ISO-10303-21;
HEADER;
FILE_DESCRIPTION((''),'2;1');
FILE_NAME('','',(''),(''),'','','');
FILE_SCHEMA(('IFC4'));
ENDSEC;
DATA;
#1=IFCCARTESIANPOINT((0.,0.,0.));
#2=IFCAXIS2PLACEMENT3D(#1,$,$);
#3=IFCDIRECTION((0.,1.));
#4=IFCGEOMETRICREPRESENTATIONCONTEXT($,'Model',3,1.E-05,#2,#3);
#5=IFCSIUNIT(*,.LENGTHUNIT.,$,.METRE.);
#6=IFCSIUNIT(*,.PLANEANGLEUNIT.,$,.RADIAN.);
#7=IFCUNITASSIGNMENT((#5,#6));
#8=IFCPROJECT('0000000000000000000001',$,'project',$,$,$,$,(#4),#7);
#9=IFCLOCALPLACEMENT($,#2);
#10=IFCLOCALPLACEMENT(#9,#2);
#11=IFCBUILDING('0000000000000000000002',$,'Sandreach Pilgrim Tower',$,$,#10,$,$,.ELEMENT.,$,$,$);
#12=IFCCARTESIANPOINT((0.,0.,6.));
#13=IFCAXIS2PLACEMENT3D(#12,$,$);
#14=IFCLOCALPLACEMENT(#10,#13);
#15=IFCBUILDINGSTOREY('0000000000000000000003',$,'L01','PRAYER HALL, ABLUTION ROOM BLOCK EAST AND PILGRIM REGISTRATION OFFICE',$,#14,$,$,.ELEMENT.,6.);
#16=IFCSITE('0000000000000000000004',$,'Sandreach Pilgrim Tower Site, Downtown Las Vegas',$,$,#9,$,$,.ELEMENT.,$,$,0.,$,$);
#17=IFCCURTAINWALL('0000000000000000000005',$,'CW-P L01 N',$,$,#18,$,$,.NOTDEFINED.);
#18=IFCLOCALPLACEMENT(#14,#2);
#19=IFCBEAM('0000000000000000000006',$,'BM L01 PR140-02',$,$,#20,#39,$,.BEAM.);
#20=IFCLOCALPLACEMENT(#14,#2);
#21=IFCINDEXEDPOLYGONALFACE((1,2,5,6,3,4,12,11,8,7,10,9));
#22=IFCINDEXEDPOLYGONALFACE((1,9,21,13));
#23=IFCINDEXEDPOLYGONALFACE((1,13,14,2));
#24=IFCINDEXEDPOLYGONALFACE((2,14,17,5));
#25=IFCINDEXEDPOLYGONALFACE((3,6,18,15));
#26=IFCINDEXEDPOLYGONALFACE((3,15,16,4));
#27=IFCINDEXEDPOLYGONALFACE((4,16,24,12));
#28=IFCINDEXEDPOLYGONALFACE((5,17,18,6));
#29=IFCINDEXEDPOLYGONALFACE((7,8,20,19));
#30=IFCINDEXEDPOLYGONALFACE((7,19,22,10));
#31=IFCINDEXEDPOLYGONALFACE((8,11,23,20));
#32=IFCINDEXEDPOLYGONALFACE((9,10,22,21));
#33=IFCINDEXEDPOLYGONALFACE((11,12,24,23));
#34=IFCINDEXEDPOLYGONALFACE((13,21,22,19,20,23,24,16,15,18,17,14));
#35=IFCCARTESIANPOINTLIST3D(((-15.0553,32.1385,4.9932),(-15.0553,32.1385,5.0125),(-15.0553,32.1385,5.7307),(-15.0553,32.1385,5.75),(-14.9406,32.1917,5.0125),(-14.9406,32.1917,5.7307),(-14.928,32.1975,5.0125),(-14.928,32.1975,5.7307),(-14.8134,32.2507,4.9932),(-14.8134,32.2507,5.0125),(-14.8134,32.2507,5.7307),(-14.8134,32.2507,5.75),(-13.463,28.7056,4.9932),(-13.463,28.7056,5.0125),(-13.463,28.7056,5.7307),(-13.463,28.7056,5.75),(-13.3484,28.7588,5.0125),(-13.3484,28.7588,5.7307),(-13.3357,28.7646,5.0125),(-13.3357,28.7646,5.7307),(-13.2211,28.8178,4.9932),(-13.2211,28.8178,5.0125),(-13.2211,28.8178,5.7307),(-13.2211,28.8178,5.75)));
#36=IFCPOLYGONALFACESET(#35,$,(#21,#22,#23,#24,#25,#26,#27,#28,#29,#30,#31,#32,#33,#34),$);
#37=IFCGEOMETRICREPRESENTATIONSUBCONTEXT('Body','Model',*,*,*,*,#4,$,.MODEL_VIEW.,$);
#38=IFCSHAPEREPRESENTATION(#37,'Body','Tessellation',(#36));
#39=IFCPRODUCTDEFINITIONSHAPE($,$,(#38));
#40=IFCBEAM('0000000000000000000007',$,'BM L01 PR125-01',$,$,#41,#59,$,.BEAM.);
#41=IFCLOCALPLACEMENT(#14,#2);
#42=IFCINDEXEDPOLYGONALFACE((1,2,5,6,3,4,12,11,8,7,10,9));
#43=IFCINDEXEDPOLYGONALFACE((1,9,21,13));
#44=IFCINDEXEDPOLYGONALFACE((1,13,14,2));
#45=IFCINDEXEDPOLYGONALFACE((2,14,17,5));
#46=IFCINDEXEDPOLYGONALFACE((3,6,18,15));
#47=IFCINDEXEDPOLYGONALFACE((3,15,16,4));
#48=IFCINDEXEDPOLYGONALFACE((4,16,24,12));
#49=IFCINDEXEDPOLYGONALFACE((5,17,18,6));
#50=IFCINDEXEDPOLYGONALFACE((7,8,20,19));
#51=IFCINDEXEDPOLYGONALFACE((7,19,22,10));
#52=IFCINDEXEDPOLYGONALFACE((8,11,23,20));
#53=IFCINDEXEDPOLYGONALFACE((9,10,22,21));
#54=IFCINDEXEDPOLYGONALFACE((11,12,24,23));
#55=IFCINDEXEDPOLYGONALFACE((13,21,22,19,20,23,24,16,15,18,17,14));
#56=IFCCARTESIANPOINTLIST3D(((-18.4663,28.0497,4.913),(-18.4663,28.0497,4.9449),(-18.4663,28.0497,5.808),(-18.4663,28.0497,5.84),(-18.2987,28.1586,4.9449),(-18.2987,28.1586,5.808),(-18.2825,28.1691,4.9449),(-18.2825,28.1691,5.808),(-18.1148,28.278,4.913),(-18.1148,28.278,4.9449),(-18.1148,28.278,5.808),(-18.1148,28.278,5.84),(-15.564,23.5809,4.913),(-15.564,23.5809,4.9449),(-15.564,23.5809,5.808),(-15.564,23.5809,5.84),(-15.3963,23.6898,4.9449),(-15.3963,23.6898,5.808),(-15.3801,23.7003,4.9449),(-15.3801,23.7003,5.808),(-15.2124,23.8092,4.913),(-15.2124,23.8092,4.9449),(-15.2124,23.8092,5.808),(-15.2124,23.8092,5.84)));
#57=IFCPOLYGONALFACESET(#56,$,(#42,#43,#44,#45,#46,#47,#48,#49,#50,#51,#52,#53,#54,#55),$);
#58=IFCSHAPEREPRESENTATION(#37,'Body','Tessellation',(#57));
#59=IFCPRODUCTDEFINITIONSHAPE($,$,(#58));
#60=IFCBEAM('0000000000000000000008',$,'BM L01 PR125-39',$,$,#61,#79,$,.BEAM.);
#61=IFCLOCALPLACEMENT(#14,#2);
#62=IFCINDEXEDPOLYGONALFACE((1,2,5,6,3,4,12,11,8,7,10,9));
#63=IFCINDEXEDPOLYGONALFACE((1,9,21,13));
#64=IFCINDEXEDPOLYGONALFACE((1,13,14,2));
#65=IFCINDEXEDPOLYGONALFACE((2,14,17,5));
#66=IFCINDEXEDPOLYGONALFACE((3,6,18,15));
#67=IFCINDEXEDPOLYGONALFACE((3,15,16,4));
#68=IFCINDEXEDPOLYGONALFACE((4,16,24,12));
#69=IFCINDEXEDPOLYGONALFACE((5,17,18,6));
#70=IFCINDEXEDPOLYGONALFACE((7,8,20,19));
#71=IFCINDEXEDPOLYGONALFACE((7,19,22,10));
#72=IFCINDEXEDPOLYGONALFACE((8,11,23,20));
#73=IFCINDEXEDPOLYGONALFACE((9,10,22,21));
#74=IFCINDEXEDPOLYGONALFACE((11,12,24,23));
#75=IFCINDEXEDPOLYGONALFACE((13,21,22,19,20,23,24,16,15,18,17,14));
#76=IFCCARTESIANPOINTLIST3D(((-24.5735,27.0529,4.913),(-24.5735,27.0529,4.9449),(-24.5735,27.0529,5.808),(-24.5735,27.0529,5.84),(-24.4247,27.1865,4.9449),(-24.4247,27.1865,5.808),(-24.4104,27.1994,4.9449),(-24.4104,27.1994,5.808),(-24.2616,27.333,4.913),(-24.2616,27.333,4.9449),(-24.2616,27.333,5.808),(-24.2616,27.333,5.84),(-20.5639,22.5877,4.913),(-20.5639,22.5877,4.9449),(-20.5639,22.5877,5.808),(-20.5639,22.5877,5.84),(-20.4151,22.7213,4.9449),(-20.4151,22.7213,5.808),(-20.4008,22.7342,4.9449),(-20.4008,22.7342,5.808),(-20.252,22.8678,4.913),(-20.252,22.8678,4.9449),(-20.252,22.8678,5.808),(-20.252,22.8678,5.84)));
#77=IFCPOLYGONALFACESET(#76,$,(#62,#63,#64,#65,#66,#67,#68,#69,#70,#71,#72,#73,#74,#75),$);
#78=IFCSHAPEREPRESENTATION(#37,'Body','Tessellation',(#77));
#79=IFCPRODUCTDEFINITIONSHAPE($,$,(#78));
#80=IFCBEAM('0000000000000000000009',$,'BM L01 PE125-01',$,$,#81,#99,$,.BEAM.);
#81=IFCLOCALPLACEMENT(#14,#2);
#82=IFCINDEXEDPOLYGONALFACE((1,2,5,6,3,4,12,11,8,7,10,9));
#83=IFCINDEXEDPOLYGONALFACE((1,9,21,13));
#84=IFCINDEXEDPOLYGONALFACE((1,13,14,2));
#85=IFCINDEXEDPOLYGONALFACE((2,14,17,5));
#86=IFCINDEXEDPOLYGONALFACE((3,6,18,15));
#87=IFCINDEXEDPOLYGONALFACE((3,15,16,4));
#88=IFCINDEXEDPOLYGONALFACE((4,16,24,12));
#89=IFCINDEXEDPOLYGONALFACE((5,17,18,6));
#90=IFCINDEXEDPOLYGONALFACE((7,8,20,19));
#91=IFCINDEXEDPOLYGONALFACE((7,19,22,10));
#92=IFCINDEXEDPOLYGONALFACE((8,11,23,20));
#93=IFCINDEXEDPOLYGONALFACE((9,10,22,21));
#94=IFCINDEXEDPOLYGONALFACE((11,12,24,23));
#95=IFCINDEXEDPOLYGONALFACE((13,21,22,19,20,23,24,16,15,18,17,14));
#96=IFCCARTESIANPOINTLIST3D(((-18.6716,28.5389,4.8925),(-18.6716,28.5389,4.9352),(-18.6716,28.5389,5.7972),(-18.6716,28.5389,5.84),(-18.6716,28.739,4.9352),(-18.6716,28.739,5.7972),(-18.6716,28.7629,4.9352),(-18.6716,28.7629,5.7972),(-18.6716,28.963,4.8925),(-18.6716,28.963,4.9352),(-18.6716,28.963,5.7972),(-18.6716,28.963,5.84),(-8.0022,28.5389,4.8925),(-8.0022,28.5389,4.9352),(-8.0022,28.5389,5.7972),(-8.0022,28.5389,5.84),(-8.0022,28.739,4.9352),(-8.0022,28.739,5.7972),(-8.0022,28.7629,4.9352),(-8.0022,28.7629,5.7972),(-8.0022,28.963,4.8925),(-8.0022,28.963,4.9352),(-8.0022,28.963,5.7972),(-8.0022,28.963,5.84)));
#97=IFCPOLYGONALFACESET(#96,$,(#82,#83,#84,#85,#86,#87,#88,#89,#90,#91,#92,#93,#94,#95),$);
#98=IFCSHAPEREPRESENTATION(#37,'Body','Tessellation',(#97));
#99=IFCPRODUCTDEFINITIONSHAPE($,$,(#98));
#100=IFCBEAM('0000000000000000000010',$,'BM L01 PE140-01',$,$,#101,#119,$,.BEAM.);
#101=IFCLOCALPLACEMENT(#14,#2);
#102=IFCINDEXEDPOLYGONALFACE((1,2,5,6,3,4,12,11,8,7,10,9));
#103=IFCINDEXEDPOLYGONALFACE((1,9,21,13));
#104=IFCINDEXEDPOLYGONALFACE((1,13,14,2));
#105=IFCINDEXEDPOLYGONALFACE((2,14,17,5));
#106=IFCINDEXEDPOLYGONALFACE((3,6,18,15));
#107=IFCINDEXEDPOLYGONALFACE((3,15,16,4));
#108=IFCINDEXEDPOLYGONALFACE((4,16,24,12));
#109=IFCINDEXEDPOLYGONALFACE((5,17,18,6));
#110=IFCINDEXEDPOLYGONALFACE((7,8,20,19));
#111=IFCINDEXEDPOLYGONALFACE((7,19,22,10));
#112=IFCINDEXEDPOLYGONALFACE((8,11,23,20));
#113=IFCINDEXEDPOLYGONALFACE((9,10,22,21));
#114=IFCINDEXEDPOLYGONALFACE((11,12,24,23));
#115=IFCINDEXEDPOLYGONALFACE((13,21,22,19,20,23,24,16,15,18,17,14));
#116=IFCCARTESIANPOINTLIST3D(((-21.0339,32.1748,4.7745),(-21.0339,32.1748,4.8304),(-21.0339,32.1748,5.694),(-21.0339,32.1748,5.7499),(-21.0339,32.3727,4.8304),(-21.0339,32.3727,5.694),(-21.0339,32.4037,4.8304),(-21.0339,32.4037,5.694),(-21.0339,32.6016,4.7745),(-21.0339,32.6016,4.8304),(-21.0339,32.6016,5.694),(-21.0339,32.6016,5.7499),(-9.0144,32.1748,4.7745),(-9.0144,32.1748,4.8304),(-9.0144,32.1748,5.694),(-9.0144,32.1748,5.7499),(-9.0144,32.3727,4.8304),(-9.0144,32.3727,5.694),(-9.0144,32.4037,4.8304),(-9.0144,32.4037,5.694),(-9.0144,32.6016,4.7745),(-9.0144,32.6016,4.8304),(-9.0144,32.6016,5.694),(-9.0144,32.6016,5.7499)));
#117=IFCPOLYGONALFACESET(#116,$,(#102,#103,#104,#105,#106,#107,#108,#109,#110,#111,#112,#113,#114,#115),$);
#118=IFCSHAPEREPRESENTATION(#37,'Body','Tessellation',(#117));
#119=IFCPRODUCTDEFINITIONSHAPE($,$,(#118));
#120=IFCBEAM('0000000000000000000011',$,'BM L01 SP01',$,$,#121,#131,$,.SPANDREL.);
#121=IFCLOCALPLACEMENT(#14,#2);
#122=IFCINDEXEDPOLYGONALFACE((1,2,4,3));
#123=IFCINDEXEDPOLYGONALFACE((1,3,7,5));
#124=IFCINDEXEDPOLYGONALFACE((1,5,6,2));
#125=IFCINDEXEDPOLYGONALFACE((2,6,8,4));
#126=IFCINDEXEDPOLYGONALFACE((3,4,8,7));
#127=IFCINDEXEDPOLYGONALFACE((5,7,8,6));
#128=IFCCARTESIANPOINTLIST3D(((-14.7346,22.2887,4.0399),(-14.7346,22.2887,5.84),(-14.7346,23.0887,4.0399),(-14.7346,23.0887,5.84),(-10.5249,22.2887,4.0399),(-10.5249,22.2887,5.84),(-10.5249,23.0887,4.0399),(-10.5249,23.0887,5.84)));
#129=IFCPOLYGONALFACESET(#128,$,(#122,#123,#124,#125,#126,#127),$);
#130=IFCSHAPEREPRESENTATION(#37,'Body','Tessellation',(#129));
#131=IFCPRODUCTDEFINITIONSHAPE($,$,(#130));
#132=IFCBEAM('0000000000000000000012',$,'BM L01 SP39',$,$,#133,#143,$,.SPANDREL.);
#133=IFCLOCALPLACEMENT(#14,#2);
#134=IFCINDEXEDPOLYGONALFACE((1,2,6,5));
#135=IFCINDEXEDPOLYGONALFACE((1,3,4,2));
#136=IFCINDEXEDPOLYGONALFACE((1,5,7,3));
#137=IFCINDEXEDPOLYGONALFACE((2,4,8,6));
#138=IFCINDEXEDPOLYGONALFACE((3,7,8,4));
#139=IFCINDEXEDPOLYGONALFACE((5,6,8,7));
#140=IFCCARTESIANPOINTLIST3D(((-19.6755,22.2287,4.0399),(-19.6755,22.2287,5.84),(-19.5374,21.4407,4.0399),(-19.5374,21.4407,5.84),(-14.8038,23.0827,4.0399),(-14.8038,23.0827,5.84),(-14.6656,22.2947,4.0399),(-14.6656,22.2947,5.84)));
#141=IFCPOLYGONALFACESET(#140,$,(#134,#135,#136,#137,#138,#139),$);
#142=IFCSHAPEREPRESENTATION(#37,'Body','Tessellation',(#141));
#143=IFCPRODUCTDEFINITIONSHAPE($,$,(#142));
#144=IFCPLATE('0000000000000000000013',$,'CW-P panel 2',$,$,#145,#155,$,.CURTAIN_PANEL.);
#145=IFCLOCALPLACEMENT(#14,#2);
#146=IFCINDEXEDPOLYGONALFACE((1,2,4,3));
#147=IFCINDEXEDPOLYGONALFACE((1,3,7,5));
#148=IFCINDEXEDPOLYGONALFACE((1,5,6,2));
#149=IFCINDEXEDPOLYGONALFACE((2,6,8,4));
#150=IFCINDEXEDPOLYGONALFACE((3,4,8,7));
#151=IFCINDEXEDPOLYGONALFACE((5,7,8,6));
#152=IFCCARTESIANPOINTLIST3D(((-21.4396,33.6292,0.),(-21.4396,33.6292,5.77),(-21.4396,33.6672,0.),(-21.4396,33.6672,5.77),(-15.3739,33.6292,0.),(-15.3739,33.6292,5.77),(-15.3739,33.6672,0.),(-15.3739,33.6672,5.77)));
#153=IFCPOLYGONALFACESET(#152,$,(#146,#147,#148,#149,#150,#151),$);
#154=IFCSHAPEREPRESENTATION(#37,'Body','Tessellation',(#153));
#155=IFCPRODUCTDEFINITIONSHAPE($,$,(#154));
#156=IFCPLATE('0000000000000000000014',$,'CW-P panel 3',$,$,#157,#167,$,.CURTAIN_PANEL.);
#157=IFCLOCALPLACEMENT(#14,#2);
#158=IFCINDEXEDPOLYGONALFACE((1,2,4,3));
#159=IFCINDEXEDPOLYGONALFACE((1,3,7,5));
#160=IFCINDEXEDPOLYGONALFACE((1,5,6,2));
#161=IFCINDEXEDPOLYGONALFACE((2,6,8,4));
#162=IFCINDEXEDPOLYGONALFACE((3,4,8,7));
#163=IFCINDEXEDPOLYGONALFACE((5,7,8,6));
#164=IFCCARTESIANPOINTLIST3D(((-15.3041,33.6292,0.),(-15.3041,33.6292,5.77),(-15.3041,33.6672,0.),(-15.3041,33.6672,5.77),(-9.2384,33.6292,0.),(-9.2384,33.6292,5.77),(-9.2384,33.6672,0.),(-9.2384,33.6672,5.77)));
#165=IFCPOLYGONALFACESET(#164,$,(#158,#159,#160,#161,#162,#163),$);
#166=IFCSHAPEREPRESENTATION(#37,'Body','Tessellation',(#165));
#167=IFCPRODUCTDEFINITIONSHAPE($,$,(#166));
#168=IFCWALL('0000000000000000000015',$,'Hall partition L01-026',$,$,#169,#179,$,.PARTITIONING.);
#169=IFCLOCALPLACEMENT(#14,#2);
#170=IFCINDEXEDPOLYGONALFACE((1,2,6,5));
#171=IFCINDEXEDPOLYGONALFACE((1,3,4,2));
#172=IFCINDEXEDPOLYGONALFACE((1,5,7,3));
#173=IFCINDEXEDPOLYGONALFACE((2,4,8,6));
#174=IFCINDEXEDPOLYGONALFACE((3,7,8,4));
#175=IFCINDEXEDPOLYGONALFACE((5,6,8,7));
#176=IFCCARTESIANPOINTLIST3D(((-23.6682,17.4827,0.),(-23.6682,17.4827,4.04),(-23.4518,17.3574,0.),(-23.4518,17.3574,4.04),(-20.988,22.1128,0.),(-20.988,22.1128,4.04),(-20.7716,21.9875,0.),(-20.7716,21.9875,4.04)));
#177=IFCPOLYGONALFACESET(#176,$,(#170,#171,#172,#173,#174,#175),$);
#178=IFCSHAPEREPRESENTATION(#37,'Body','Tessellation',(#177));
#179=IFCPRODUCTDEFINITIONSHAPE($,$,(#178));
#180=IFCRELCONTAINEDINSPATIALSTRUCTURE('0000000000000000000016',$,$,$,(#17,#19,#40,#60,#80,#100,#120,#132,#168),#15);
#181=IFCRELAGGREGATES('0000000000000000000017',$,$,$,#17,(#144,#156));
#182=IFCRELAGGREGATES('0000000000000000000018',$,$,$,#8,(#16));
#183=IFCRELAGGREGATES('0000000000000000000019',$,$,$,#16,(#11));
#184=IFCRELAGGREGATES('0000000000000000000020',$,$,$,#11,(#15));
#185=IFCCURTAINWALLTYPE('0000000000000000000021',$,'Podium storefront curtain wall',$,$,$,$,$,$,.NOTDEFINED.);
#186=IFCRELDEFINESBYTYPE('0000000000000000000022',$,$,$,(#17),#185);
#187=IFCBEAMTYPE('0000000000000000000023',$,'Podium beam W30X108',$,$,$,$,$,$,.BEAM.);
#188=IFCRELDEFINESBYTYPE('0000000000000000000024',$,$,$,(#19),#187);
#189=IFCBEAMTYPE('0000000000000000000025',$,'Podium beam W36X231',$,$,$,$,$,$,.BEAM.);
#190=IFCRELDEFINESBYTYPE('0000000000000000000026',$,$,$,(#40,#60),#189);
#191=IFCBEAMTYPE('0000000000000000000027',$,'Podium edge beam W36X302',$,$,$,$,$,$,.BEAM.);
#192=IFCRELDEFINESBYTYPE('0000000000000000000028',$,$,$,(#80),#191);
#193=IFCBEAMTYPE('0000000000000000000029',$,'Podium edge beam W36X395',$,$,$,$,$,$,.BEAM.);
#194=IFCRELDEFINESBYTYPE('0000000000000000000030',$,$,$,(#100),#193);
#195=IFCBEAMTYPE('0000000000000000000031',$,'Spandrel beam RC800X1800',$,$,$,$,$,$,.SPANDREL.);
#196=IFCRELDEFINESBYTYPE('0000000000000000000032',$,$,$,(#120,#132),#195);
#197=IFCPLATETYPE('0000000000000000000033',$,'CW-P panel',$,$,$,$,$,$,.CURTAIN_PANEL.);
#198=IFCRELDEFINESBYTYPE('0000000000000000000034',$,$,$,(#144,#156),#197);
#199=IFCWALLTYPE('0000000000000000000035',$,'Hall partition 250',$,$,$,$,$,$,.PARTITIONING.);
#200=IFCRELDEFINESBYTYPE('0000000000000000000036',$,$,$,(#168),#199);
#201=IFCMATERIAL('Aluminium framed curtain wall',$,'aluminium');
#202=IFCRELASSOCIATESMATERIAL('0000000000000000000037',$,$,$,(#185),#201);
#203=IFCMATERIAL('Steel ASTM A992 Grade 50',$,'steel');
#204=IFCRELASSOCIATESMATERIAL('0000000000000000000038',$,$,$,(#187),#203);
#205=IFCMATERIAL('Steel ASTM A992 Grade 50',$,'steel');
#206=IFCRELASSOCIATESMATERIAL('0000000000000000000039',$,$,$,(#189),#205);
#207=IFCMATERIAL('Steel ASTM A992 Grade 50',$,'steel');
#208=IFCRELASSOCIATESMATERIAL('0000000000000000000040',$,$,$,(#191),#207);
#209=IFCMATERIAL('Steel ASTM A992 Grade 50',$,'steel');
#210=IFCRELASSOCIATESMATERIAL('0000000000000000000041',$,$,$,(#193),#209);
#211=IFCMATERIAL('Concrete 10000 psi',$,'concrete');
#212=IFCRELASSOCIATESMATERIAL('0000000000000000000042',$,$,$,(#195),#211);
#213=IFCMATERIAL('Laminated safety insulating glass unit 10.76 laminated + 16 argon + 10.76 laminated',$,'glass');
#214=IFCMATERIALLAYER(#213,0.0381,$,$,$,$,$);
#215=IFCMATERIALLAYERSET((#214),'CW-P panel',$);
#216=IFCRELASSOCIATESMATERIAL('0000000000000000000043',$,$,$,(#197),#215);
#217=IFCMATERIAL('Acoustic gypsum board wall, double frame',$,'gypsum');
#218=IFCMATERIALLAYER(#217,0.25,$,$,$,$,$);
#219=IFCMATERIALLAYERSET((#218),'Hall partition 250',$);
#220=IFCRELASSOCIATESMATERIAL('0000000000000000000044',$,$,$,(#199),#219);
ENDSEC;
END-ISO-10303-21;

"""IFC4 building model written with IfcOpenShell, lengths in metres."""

from ifc_helpers import new_model, si_unit, direction, frame, frame_2d, origin, origin_2d, place, context, subcontext, project, spatial, rectangle, i_section, extrude, material, layer, layer_set, material_profile, profile_set, type_object, element, aggregate, save


model = new_model("IFC4")

# Units and contexts
model_context = context("Model", 3, precision=1e-05, world=origin(), true_north=direction((0.0, 1.0)))
body_context = subcontext(model_context, "Body", "Model", "MODEL_VIEW")
ifc_project = project(units=[si_unit("LENGTHUNIT", "METRE"), si_unit("PLANEANGLEUNIT", "RADIAN")], contexts=[model_context])

# Site, building, storey
site_placement = place(None, origin())
site = spatial("IfcSite", under=ifc_project, at=site_placement, Name="Sandreach Pilgrim Tower Site, Downtown Las Vegas", CompositionType="ELEMENT", RefElevation=0.0)
building_placement = place(site_placement, origin())
building = spatial("IfcBuilding", under=site, at=building_placement, Name="Sandreach Pilgrim Tower", CompositionType="ELEMENT")
storey_placement = place(building_placement, frame((0.0, 0.0, 6.0)))
storey = spatial("IfcBuildingStorey", under=building, at=storey_placement, Name="L01", Description="PRAYER HALL, ABLUTION ROOM BLOCK EAST AND PILGRIM REGISTRATION OFFICE", CompositionType="ELEMENT", Elevation=6.0)

# Curtain wall
ifc_material_1 = material(Name="Aluminium framed curtain wall", Category="aluminium")
curtain_wall_type = type_object("IfcCurtainWallType", Name="Podium storefront curtain wall", PredefinedType="NOTDEFINED", material=ifc_material_1)
curtain_wall_placement = place(storey_placement, origin())
curtain_wall = element("IfcCurtainWall", 1, at=curtain_wall_placement, inside=storey, type_object=curtain_wall_type, Name="CW-P L01 N", PredefinedType="NOTDEFINED")

# Beams
ifc_material_2 = material(Name="Steel ASTM A992 Grade 50", Category="steel")
ifc_material_profile_1 = material_profile(ifc_material_2, i_section(OverallWidth=0.2666, OverallDepth=0.7568, WebThickness=0.0139, FlangeThickness=0.0193, at=origin_2d()), Name="W30X108")
ifc_profile_set_1 = profile_set([ifc_material_profile_1], Name="Steel ASTM A992 Grade 50")
beam_type_1 = type_object("IfcBeamType", Name="Podium beam W30X108", PredefinedType="BEAM", material=ifc_profile_set_1)
beam_1_placement = place(storey_placement, frame((-13.342, 28.7617, 5.3716), z_axis=(-0.420776, 0.907165, 0.0), x_axis=(-0.907165, -0.420776, 0.0)))
element("IfcBeam", 2, at=beam_1_placement, inside=storey, type_object=beam_type_1, Name="BM L01 PR140-02", PredefinedType="BEAM", context=body_context, shape_type="SweptSolid", body=[
    extrude(i_section(OverallWidth=0.2666, OverallDepth=0.7568, WebThickness=0.0139, FlangeThickness=0.0193, at=origin_2d()), origin(), (0.0, 0.0, 1.0), 3.7842),
])
ifc_material_3 = material(Name="Steel ASTM A992 Grade 50", Category="steel")
ifc_material_profile_2 = material_profile(ifc_material_3, i_section(OverallWidth=0.4192, OverallDepth=0.927, WebThickness=0.0193, FlangeThickness=0.032, at=origin_2d()), Name="W36X231")
ifc_profile_set_2 = profile_set([ifc_material_profile_2], Name="Steel ASTM A992 Grade 50")
beam_type_2 = type_object("IfcBeamType", Name="Podium beam W36X231", PredefinedType="BEAM", material=ifc_profile_set_2)
beam_2_placement = place(storey_placement, frame((-15.3882, 23.6951, 5.3765), z_axis=(-0.544679, 0.838645, 0.0), x_axis=(-0.838645, -0.544679, 0.0)))
element("IfcBeam", 3, at=beam_2_placement, inside=storey, type_object=beam_type_2, Name="BM L01 PR125-01", PredefinedType="BEAM", context=body_context, shape_type="SweptSolid", body=[
    extrude(i_section(OverallWidth=0.4192, OverallDepth=0.927, WebThickness=0.0193, FlangeThickness=0.032, at=origin_2d()), origin(), (0.0, 0.0, 1.0), 5.3286),
])
beam_3_placement = place(storey_placement, frame((-20.408, 22.7278, 5.3765), z_axis=(-0.66813, 0.744044, 0.0), x_axis=(-0.744044, -0.66813, 0.0)))
element("IfcBeam", 4, at=beam_3_placement, inside=storey, type_object=beam_type_2, Name="BM L01 PR125-39", PredefinedType="BEAM", context=body_context, shape_type="SweptSolid", body=[
    extrude(i_section(OverallWidth=0.4192, OverallDepth=0.927, WebThickness=0.0193, FlangeThickness=0.032, at=origin_2d()), origin(), (0.0, 0.0, 1.0), 6.0012),
])
ifc_material_4 = material(Name="Steel ASTM A992 Grade 50", Category="steel")
ifc_material_profile_3 = material_profile(ifc_material_4, i_section(OverallWidth=0.4241, OverallDepth=0.9475, WebThickness=0.0239, FlangeThickness=0.0427, at=origin_2d()), Name="W36X302")
ifc_profile_set_3 = profile_set([ifc_material_profile_3], Name="Steel ASTM A992 Grade 50")
beam_type_3 = type_object("IfcBeamType", Name="Podium edge beam W36X302", PredefinedType="BEAM", material=ifc_profile_set_3)
beam_4_placement = place(storey_placement, frame((-18.6716, 28.751, 5.3662), z_axis=(1.0, 0.0, 0.0), x_axis=(0.0, 1.0, 0.0)))
element("IfcBeam", 5, at=beam_4_placement, inside=storey, type_object=beam_type_3, Name="BM L01 PE125-01", PredefinedType="BEAM", context=body_context, shape_type="SweptSolid", body=[
    extrude(i_section(OverallWidth=0.4241, OverallDepth=0.9475, WebThickness=0.0239, FlangeThickness=0.0427, at=origin_2d()), origin(), (0.0, 0.0, 1.0), 10.6694),
])
ifc_material_5 = material(Name="Steel ASTM A992 Grade 50", Category="steel")
ifc_material_profile_4 = material_profile(ifc_material_5, i_section(OverallWidth=0.4268, OverallDepth=0.9753, WebThickness=0.031, FlangeThickness=0.0559, at=origin_2d()), Name="W36X395")
ifc_profile_set_4 = profile_set([ifc_material_profile_4], Name="Steel ASTM A992 Grade 50")
beam_type_4 = type_object("IfcBeamType", Name="Podium edge beam W36X395", PredefinedType="BEAM", material=ifc_profile_set_4)
beam_5_placement = place(storey_placement, frame((-21.0339, 32.3882, 5.2622), z_axis=(1.0, 0.0, 0.0), x_axis=(0.0, 1.0, 0.0)))
element("IfcBeam", 6, at=beam_5_placement, inside=storey, type_object=beam_type_4, Name="BM L01 PE140-01", PredefinedType="BEAM", context=body_context, shape_type="SweptSolid", body=[
    extrude(i_section(OverallWidth=0.4268, OverallDepth=0.9753, WebThickness=0.031, FlangeThickness=0.0559, at=origin_2d()), origin(), (0.0, 0.0, 1.0), 12.0195),
])
ifc_material_6 = material(Name="Concrete 10000 psi", Category="concrete")
ifc_material_profile_5 = material_profile(ifc_material_6, rectangle(XDim=0.8, YDim=1.8, at=origin_2d()), Name="RC800X1800")
ifc_profile_set_5 = profile_set([ifc_material_profile_5], Name="Concrete 10000 psi")
beam_type_5 = type_object("IfcBeamType", Name="Spandrel beam RC800X1800", PredefinedType="SPANDREL", material=ifc_profile_set_5)
beam_6_placement = place(storey_placement, frame((-14.7346, 22.6887, 4.9399), z_axis=(1.0, 0.0, 0.0), x_axis=(0.0, 1.0, 0.0)))
element("IfcBeam", 7, at=beam_6_placement, inside=storey, type_object=beam_type_5, Name="BM L01 SP01", PredefinedType="SPANDREL", context=body_context, shape_type="SweptSolid", body=[
    extrude(rectangle(XDim=0.8, YDim=1.8, at=origin_2d()), origin(), (0.0, 0.0, 1.0), 4.2097),
])
beam_7_placement = place(storey_placement, frame((-19.6064, 21.8347, 4.9399), z_axis=(0.984981, 0.172662, 0.0), x_axis=(-0.172662, 0.984981, 0.0)))
element("IfcBeam", 8, at=beam_7_placement, inside=storey, type_object=beam_type_5, Name="BM L01 SP39", PredefinedType="SPANDREL", context=body_context, shape_type="SweptSolid", body=[
    extrude(rectangle(XDim=0.8, YDim=1.8, at=origin_2d()), origin(), (0.0, 0.0, 1.0), 4.946),
])

# Plates
ifc_material_7 = material(Name="Laminated safety insulating glass unit 10.76 laminated + 16 argon + 10.76 laminated", Category="glass")
ifc_layer_1 = layer(ifc_material_7, 0.0381)
ifc_layer_set_1 = layer_set([ifc_layer_1], Name="CW-P panel")
plate_type = type_object("IfcPlateType", Name="CW-P panel", PredefinedType="CURTAIN_PANEL", material=ifc_layer_set_1)
plate_1_placement = place(storey_placement, frame((-18.4067, 33.6482, 0.0), z_axis=(0.0, 0.0, 1.0), x_axis=(1.0, 0.0, 0.0)))
plate_1 = element("IfcPlate", 9, at=plate_1_placement, type_object=plate_type, Name="CW-P panel 2", PredefinedType="CURTAIN_PANEL", context=body_context, shape_type="SweptSolid", body=[
    extrude(rectangle(XDim=6.0657, YDim=0.0381, at=origin_2d()), origin(), (0.0, 0.0, 1.0), 5.77),
])
plate_2_placement = place(storey_placement, frame((-12.2712, 33.6482, 0.0), z_axis=(0.0, 0.0, 1.0), x_axis=(1.0, 0.0, 0.0)))
plate_2 = element("IfcPlate", 10, at=plate_2_placement, type_object=plate_type, Name="CW-P panel 3", PredefinedType="CURTAIN_PANEL", context=body_context, shape_type="SweptSolid", body=[
    extrude(rectangle(XDim=6.0657, YDim=0.0381, at=origin_2d()), origin(), (0.0, 0.0, 1.0), 5.77),
])
aggregate(curtain_wall, [plate_1, plate_2])

# Wall
ifc_material_8 = material(Name="Acoustic gypsum board wall, double frame", Category="gypsum")
ifc_layer_2 = layer(ifc_material_8, 0.25)
ifc_layer_set_2 = layer_set([ifc_layer_2], Name="Hall partition 250")
wall_type = type_object("IfcWallType", Name="Hall partition 250", PredefinedType="PARTITIONING", material=ifc_layer_set_2)
wall_1_placement = place(storey_placement, frame((-20.8799, 22.05, 0.0), z_axis=(0.0, 0.0, 1.0), x_axis=(-0.500977, -0.865461, 0.0)))
element("IfcWall", 11, at=wall_1_placement, inside=storey, type_object=wall_type, Name="Hall partition L01-026", PredefinedType="PARTITIONING", context=body_context, shape_type="SweptSolid", body=[
    extrude(rectangle(XDim=5.3499, YDim=0.25, at=frame_2d((2.6748, 0.0))), origin(), (0.0, 0.0, 1.0), 4.04),
])

save(model, "model.ifc")
